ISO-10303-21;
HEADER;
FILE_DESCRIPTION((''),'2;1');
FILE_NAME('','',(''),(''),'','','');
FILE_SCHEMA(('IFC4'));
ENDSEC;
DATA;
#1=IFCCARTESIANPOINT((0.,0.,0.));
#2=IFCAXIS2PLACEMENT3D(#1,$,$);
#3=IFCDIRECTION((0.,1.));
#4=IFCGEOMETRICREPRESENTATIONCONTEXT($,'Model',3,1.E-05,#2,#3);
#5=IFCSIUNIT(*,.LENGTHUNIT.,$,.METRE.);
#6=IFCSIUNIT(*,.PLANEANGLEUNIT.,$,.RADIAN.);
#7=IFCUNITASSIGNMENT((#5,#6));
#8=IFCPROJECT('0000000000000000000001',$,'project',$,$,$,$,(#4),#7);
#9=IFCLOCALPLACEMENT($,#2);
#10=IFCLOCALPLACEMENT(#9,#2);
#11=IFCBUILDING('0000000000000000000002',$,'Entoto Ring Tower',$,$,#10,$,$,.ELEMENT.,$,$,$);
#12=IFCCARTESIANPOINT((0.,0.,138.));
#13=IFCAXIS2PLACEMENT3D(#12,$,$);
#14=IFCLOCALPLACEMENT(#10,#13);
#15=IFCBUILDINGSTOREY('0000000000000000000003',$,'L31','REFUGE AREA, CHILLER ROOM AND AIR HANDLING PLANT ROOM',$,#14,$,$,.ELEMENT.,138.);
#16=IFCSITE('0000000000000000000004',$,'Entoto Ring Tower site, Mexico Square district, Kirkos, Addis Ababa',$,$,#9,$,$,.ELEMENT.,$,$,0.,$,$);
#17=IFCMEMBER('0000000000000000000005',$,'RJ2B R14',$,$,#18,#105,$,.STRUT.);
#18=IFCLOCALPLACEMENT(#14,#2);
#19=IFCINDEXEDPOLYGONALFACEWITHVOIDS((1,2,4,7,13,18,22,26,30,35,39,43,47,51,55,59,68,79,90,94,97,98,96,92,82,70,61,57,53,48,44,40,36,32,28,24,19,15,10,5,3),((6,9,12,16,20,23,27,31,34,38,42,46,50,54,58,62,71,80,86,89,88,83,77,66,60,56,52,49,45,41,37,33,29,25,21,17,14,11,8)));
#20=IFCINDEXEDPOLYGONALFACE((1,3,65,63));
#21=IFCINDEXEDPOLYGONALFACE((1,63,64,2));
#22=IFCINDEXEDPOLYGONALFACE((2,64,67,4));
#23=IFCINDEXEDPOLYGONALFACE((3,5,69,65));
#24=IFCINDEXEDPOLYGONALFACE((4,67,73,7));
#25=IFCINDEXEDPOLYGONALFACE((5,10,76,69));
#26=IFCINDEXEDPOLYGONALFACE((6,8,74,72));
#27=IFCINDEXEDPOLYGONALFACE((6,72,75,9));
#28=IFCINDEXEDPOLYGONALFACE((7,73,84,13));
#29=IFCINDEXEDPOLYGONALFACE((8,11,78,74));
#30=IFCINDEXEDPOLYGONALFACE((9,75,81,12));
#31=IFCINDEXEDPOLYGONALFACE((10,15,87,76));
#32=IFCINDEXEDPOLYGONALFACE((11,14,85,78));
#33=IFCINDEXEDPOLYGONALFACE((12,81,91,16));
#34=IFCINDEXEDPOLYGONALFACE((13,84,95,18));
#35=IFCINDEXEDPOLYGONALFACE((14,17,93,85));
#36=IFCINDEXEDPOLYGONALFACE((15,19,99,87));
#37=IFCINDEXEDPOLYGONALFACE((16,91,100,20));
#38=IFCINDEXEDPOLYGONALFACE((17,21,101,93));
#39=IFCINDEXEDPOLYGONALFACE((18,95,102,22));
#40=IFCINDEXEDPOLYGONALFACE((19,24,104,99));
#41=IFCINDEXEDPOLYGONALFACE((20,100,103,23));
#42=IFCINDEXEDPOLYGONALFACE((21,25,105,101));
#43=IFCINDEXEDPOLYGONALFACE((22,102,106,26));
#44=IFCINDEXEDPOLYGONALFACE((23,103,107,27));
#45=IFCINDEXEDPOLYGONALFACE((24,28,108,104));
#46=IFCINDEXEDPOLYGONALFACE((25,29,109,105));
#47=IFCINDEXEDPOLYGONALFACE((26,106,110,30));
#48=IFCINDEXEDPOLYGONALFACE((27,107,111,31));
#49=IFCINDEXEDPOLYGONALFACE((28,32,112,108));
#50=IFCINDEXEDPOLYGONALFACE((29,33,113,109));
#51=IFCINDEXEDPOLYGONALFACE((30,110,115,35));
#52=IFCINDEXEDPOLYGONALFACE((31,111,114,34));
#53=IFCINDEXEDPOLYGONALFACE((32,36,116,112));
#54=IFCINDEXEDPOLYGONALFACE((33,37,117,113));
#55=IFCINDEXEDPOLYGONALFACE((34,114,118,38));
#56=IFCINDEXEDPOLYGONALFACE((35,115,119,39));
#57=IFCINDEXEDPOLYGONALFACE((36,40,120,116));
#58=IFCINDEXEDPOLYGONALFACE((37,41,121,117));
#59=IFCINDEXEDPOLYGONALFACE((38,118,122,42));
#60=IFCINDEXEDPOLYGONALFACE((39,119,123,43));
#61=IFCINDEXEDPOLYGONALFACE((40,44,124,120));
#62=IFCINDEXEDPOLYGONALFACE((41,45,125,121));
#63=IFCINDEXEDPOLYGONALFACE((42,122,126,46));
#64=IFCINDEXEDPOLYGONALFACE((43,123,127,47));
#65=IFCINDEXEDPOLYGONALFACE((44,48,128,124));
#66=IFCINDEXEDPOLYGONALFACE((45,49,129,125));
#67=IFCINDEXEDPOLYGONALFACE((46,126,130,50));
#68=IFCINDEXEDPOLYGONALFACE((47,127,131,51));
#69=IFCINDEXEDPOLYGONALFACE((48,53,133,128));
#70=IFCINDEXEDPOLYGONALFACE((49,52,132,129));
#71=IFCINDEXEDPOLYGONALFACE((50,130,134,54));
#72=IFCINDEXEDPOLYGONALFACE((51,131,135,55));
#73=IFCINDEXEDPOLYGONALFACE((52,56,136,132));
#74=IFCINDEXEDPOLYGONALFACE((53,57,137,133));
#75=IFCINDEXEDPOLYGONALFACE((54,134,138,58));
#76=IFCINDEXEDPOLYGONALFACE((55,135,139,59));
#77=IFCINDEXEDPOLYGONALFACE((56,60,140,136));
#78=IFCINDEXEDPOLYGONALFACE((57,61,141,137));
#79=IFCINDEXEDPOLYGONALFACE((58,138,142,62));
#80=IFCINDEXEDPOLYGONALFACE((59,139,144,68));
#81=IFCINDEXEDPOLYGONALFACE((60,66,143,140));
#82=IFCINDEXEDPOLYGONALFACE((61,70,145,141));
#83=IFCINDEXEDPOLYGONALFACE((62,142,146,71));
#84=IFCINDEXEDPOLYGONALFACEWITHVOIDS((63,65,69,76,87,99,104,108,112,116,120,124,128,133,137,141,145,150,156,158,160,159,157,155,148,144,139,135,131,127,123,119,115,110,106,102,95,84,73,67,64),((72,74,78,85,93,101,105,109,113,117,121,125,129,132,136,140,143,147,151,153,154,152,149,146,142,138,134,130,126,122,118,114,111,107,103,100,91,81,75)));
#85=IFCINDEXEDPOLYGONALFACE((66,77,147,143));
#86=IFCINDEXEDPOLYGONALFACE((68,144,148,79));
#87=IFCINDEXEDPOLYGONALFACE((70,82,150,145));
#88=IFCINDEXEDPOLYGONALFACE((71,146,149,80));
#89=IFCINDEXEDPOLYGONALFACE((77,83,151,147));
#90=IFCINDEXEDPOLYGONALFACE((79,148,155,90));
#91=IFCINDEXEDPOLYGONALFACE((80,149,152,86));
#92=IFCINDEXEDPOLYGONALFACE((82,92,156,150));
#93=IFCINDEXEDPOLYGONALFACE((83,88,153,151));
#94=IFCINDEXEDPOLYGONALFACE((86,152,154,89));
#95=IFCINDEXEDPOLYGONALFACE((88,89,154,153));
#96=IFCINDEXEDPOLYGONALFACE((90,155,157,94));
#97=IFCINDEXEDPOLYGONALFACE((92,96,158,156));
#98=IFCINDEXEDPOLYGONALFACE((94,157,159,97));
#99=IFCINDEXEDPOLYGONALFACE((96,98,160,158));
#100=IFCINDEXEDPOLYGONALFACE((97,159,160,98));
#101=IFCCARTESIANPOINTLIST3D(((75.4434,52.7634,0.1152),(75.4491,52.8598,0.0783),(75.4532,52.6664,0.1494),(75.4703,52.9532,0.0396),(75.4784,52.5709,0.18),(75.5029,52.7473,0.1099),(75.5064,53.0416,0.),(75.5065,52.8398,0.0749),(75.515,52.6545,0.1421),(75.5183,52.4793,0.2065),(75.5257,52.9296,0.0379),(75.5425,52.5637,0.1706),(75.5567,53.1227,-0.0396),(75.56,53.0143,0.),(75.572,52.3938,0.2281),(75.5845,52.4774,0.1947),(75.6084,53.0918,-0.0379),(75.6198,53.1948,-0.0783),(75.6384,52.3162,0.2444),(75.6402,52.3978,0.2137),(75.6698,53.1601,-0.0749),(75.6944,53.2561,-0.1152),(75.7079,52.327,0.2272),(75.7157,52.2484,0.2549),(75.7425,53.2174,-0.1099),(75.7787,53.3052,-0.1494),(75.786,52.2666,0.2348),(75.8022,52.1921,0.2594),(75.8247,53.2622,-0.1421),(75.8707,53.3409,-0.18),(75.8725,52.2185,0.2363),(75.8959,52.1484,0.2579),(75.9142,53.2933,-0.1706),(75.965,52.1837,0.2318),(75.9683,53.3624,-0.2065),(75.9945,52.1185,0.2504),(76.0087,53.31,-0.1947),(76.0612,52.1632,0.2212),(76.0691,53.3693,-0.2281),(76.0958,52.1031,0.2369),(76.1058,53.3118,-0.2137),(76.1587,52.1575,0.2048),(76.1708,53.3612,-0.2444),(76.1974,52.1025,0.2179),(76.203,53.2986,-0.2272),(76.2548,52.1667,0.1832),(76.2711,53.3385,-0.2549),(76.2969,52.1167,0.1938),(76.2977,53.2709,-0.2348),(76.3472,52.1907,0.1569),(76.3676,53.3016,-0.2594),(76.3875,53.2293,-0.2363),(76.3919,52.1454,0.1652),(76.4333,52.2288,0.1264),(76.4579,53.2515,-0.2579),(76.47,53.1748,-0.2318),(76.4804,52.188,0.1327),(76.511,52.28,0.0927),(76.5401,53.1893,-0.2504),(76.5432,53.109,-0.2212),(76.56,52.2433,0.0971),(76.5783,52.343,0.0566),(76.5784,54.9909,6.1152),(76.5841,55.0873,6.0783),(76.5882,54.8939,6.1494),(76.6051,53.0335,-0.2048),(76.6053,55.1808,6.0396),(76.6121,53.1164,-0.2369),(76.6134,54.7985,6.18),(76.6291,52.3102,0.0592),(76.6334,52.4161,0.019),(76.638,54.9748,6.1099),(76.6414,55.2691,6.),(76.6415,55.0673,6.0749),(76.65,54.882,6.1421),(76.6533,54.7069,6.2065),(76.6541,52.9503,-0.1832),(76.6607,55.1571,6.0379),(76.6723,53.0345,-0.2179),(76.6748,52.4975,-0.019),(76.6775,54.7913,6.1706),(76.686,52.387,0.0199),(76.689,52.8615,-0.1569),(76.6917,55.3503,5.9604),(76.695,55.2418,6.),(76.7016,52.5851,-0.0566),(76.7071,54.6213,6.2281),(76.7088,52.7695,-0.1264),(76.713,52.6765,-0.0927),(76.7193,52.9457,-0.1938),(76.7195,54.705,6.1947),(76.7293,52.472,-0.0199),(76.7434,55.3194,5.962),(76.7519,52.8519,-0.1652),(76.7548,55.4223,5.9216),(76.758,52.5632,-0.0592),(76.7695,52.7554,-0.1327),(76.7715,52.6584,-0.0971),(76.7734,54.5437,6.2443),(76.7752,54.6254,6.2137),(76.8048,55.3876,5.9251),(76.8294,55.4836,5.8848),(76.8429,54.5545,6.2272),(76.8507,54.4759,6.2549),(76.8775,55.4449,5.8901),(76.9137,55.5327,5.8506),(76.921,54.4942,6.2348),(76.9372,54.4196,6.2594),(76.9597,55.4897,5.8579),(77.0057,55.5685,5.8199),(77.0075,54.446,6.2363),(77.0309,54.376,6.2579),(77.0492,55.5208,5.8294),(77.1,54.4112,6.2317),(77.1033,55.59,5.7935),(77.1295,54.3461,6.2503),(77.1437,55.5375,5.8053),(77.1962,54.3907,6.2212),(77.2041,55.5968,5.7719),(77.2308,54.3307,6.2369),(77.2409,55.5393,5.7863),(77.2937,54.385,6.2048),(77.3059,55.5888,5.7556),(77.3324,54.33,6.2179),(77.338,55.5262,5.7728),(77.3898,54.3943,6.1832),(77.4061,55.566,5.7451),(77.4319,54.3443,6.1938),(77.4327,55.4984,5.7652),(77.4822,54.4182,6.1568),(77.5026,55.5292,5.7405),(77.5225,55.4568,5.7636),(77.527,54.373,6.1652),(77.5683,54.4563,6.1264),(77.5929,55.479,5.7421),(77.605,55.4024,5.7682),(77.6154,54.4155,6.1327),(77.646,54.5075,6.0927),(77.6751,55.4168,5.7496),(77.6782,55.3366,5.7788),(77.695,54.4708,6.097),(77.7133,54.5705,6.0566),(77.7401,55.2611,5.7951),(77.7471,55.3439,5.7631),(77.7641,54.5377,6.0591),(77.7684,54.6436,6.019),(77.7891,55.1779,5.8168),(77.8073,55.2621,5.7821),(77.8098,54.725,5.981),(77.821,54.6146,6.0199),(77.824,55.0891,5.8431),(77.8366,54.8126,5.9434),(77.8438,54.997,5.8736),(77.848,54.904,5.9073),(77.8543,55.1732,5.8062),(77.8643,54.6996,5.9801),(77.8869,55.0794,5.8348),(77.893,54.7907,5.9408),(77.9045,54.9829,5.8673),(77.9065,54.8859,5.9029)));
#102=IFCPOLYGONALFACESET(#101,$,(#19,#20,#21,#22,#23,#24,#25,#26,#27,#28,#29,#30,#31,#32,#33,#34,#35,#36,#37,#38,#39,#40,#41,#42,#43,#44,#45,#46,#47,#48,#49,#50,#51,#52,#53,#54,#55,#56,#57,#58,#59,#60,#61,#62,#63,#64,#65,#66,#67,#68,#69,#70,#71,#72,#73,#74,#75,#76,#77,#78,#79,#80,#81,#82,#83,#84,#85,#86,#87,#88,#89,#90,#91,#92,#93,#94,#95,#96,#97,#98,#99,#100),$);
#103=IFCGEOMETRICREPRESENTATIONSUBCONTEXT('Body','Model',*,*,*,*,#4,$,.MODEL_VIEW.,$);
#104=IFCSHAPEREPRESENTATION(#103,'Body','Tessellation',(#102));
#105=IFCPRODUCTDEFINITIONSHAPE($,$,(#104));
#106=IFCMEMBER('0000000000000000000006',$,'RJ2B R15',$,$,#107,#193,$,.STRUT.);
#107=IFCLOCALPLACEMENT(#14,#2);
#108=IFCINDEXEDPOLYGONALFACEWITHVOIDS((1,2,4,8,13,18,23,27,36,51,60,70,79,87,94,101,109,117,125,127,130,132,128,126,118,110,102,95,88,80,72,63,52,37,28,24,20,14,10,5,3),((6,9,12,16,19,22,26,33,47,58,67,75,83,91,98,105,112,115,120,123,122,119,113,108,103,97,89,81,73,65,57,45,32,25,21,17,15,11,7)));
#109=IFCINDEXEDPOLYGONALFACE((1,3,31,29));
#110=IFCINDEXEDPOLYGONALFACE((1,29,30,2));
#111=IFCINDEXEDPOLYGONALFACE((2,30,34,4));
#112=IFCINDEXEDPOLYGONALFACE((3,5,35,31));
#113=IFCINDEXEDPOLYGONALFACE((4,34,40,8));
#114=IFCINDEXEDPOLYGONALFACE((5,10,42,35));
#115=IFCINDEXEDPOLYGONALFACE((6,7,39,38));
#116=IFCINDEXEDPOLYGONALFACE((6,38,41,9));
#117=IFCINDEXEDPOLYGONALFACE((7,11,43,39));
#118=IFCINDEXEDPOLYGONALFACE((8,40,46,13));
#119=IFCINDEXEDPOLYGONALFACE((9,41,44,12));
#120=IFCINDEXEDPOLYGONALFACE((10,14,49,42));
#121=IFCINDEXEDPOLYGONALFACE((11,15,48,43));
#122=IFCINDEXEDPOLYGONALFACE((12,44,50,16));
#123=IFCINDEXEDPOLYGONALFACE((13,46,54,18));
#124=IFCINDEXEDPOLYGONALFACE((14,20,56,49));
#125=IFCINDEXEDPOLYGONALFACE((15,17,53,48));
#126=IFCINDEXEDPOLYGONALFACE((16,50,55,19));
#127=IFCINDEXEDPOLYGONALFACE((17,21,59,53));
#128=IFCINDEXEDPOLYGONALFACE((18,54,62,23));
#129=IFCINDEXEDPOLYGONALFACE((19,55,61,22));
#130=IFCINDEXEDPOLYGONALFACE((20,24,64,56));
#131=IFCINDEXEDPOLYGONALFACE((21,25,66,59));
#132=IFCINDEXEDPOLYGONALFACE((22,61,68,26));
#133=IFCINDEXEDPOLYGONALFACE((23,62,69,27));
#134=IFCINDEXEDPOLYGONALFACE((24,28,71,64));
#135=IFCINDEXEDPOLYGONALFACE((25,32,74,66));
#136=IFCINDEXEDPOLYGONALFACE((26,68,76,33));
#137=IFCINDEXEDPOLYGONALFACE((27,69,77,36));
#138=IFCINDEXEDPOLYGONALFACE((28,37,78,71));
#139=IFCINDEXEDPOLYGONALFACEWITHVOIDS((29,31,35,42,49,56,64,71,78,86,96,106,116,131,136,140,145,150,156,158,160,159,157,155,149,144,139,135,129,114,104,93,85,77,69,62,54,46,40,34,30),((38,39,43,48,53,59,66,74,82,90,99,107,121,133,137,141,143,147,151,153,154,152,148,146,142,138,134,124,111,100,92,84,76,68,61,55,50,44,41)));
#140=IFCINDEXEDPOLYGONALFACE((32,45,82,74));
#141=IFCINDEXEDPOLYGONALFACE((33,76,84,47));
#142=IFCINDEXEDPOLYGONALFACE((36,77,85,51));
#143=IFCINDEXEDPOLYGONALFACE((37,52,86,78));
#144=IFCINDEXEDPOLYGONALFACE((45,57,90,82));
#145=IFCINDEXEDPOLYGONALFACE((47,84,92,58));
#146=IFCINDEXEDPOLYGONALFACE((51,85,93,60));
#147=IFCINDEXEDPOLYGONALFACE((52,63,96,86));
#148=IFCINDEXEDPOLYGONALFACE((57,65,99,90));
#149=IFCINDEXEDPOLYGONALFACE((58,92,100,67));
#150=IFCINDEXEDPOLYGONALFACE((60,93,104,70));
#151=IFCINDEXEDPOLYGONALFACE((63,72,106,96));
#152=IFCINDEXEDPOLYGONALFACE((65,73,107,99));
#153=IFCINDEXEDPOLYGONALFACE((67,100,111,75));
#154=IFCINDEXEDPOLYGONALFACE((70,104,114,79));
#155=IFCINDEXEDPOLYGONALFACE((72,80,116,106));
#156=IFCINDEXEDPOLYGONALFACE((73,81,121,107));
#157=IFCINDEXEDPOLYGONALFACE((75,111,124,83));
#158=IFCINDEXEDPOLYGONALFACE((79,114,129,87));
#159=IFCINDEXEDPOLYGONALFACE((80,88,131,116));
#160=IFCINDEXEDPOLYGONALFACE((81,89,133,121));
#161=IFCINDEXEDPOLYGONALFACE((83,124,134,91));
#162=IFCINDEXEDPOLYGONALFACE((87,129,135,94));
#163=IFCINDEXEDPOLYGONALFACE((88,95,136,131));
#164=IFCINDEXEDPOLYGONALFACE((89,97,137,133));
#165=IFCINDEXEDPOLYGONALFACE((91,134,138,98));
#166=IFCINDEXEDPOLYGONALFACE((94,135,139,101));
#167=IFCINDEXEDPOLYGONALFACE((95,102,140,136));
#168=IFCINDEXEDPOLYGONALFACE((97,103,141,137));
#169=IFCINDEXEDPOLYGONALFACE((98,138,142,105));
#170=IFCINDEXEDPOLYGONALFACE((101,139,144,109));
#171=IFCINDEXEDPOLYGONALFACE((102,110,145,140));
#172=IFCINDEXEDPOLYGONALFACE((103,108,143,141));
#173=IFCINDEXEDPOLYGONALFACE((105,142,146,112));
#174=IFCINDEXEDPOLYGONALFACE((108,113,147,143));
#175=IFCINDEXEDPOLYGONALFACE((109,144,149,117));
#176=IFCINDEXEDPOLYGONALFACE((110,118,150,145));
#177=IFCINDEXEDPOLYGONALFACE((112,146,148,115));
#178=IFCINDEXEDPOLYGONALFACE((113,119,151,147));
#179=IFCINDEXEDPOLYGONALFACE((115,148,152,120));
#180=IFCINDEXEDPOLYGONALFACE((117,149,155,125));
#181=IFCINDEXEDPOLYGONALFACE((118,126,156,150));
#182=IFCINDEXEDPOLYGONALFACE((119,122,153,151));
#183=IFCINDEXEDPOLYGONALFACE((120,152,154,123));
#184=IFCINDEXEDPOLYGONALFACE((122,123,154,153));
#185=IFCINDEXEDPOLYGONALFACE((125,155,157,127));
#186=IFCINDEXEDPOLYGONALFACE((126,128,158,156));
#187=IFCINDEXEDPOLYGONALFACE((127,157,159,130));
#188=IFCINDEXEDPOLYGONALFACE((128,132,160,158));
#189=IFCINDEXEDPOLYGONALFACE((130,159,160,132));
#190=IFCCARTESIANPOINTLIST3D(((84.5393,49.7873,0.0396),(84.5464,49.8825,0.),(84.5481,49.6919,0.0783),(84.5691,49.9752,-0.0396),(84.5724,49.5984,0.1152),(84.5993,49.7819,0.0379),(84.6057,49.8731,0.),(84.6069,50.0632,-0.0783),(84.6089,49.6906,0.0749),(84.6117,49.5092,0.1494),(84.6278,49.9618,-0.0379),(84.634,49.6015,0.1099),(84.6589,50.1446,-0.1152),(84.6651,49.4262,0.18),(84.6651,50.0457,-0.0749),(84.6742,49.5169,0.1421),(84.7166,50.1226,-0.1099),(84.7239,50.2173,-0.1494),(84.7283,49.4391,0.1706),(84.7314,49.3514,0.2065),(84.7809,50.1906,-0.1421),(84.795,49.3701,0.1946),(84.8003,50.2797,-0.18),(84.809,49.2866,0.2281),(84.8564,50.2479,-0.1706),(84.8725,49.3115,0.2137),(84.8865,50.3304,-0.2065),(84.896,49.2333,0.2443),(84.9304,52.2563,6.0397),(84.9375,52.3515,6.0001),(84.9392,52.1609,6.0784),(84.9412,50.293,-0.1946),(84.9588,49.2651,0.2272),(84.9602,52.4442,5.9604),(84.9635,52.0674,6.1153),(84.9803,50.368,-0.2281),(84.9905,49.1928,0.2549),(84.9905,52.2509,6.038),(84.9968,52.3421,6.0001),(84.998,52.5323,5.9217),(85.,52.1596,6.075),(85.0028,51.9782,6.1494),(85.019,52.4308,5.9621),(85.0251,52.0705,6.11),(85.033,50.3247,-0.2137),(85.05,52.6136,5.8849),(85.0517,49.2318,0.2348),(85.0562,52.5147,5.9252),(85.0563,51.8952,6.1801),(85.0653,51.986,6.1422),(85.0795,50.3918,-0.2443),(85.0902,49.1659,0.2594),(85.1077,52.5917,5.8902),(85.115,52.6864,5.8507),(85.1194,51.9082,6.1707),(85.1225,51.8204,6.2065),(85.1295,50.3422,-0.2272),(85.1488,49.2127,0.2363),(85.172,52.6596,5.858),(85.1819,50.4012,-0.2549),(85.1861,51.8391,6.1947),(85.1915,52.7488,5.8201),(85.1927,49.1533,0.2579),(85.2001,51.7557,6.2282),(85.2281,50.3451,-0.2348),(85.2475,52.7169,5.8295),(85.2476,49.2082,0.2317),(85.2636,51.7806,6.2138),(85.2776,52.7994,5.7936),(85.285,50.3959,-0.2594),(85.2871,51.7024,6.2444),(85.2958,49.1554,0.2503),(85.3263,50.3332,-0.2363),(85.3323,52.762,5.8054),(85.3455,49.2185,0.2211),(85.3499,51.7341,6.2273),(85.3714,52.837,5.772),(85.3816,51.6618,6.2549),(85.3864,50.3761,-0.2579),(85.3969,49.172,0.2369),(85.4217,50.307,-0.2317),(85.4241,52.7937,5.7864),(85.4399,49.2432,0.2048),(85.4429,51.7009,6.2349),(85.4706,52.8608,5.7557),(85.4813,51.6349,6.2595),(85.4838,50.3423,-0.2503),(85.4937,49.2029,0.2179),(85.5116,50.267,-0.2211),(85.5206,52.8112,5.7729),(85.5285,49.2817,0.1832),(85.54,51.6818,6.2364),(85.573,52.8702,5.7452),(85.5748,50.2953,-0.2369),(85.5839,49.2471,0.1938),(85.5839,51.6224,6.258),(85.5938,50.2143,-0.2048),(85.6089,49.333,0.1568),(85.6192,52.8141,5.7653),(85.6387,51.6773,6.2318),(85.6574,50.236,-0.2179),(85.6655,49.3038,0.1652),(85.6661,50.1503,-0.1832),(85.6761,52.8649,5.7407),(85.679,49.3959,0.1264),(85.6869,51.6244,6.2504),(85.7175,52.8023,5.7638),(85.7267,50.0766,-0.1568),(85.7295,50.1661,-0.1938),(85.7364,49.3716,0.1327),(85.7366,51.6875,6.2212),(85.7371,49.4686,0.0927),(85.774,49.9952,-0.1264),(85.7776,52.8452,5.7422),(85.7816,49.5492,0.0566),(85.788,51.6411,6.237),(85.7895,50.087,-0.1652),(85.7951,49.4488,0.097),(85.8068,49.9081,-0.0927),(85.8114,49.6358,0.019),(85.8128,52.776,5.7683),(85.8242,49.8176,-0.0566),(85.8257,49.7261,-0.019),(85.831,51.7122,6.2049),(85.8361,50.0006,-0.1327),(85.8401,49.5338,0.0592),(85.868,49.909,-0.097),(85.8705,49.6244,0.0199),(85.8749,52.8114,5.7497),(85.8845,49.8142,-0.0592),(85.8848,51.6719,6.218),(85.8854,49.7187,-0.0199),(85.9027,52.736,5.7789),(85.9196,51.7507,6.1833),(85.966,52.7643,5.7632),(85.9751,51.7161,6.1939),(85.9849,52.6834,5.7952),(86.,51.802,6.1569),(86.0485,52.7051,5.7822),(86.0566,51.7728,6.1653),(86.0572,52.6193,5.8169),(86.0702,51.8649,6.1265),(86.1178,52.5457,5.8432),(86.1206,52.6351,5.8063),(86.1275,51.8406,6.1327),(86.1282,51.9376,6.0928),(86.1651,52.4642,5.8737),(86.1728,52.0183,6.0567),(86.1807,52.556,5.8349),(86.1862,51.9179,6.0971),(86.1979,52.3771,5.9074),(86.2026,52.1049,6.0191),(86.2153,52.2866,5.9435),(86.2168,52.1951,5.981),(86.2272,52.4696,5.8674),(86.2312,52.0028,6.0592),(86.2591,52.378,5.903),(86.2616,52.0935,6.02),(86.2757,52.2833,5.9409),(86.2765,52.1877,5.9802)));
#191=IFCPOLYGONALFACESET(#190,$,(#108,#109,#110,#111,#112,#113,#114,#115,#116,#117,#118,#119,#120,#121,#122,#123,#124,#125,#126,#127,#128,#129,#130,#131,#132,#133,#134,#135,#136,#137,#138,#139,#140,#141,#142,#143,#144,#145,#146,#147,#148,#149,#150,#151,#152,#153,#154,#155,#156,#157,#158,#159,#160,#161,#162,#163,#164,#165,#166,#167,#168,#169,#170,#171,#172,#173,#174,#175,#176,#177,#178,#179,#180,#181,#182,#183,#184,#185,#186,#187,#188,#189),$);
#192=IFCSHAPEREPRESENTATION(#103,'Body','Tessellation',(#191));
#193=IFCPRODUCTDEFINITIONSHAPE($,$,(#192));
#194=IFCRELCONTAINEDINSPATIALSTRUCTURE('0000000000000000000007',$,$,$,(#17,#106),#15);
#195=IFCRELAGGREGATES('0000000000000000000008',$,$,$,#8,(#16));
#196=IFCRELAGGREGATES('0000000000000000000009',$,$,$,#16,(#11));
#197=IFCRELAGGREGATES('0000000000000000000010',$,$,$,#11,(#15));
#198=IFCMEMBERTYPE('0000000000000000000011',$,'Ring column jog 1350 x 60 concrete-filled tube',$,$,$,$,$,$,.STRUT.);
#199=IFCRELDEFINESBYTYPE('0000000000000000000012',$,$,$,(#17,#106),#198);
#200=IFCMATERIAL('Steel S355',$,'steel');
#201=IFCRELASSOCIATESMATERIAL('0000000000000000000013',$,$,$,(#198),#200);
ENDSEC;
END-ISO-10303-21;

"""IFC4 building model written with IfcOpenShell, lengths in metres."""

from ifc_helpers import new_model, si_unit, direction, frame, origin, origin_2d, place, context, subcontext, project, spatial, circle, hollow_circle, extrude, material, material_profile, profile_set, type_object, element, save


model = new_model("IFC4")

# Units and contexts
model_context = context("Model", 3, precision=1e-05, world=origin(), true_north=direction((0.0, 1.0)))
body_context = subcontext(model_context, "Body", "Model", "MODEL_VIEW")
ifc_project = project(units=[si_unit("LENGTHUNIT", "METRE"), si_unit("PLANEANGLEUNIT", "RADIAN")], contexts=[model_context])

# Site, building, storey
site_placement = place(None, origin())
site = spatial("IfcSite", under=ifc_project, at=site_placement, Name="Entoto Ring Tower site, Mexico Square district, Kirkos, Addis Ababa", CompositionType="ELEMENT", RefElevation=0.0)
building_placement = place(site_placement, origin())
building = spatial("IfcBuilding", under=site, at=building_placement, Name="Entoto Ring Tower", CompositionType="ELEMENT")
storey_placement = place(building_placement, frame((0.0, 0.0, 138.0)))
storey = spatial("IfcBuildingStorey", under=building, at=storey_placement, Name="L31", Description="REFUGE AREA, CHILLER ROOM AND AIR HANDLING PLANT ROOM", CompositionType="ELEMENT", Elevation=138.0)

# Members
ifc_material_1 = material(Name="Steel S355", Category="steel")
ifc_material_profile_1 = material_profile(ifc_material_1, hollow_circle(Radius=0.675, WallThickness=0.0601, at=origin_2d()), Name="CHS 1350 x 60")
ifc_material_2 = material(Name="Concrete C60/75", Category="concrete")
ifc_material_profile_2 = material_profile(ifc_material_2, circle(Radius=0.615, at=origin_2d()), Name="Concrete C60/75 infill")
ifc_profile_set_1 = profile_set([ifc_material_profile_1, ifc_material_profile_2], Name="Steel S355")
member_type_1 = type_object("IfcMemberType", Name="Ring column jog 1350 x 60 concrete-filled tube", PredefinedType="STRUT", material=ifc_profile_set_1)
for number, where, z_axis, x_axis, name in (
    (1, (76.1079, 52.7351, 0.0), (0.174617, 0.342698, 0.923075), (-0.891003, 0.453997, 0.0), "RJ2B R14"),
    (2, (85.2131, 49.7769, 0.0), (0.060172, 0.37985, 0.923089), (-0.987684, 0.156459, 0.0), "RJ2B R15"),
):
    element("IfcMember", number, at=place(storey_placement, frame(where, z_axis=z_axis, x_axis=x_axis)), inside=storey, type_object=member_type_1, Name=name, PredefinedType="STRUT", context=body_context, shape_type="SweptSolid", body=[
        extrude(hollow_circle(Radius=0.675, WallThickness=0.0601, at=origin_2d()), origin(), (0.0, 0.0, 1.0), 6.5),
    ])

save(model, "model.ifc")
